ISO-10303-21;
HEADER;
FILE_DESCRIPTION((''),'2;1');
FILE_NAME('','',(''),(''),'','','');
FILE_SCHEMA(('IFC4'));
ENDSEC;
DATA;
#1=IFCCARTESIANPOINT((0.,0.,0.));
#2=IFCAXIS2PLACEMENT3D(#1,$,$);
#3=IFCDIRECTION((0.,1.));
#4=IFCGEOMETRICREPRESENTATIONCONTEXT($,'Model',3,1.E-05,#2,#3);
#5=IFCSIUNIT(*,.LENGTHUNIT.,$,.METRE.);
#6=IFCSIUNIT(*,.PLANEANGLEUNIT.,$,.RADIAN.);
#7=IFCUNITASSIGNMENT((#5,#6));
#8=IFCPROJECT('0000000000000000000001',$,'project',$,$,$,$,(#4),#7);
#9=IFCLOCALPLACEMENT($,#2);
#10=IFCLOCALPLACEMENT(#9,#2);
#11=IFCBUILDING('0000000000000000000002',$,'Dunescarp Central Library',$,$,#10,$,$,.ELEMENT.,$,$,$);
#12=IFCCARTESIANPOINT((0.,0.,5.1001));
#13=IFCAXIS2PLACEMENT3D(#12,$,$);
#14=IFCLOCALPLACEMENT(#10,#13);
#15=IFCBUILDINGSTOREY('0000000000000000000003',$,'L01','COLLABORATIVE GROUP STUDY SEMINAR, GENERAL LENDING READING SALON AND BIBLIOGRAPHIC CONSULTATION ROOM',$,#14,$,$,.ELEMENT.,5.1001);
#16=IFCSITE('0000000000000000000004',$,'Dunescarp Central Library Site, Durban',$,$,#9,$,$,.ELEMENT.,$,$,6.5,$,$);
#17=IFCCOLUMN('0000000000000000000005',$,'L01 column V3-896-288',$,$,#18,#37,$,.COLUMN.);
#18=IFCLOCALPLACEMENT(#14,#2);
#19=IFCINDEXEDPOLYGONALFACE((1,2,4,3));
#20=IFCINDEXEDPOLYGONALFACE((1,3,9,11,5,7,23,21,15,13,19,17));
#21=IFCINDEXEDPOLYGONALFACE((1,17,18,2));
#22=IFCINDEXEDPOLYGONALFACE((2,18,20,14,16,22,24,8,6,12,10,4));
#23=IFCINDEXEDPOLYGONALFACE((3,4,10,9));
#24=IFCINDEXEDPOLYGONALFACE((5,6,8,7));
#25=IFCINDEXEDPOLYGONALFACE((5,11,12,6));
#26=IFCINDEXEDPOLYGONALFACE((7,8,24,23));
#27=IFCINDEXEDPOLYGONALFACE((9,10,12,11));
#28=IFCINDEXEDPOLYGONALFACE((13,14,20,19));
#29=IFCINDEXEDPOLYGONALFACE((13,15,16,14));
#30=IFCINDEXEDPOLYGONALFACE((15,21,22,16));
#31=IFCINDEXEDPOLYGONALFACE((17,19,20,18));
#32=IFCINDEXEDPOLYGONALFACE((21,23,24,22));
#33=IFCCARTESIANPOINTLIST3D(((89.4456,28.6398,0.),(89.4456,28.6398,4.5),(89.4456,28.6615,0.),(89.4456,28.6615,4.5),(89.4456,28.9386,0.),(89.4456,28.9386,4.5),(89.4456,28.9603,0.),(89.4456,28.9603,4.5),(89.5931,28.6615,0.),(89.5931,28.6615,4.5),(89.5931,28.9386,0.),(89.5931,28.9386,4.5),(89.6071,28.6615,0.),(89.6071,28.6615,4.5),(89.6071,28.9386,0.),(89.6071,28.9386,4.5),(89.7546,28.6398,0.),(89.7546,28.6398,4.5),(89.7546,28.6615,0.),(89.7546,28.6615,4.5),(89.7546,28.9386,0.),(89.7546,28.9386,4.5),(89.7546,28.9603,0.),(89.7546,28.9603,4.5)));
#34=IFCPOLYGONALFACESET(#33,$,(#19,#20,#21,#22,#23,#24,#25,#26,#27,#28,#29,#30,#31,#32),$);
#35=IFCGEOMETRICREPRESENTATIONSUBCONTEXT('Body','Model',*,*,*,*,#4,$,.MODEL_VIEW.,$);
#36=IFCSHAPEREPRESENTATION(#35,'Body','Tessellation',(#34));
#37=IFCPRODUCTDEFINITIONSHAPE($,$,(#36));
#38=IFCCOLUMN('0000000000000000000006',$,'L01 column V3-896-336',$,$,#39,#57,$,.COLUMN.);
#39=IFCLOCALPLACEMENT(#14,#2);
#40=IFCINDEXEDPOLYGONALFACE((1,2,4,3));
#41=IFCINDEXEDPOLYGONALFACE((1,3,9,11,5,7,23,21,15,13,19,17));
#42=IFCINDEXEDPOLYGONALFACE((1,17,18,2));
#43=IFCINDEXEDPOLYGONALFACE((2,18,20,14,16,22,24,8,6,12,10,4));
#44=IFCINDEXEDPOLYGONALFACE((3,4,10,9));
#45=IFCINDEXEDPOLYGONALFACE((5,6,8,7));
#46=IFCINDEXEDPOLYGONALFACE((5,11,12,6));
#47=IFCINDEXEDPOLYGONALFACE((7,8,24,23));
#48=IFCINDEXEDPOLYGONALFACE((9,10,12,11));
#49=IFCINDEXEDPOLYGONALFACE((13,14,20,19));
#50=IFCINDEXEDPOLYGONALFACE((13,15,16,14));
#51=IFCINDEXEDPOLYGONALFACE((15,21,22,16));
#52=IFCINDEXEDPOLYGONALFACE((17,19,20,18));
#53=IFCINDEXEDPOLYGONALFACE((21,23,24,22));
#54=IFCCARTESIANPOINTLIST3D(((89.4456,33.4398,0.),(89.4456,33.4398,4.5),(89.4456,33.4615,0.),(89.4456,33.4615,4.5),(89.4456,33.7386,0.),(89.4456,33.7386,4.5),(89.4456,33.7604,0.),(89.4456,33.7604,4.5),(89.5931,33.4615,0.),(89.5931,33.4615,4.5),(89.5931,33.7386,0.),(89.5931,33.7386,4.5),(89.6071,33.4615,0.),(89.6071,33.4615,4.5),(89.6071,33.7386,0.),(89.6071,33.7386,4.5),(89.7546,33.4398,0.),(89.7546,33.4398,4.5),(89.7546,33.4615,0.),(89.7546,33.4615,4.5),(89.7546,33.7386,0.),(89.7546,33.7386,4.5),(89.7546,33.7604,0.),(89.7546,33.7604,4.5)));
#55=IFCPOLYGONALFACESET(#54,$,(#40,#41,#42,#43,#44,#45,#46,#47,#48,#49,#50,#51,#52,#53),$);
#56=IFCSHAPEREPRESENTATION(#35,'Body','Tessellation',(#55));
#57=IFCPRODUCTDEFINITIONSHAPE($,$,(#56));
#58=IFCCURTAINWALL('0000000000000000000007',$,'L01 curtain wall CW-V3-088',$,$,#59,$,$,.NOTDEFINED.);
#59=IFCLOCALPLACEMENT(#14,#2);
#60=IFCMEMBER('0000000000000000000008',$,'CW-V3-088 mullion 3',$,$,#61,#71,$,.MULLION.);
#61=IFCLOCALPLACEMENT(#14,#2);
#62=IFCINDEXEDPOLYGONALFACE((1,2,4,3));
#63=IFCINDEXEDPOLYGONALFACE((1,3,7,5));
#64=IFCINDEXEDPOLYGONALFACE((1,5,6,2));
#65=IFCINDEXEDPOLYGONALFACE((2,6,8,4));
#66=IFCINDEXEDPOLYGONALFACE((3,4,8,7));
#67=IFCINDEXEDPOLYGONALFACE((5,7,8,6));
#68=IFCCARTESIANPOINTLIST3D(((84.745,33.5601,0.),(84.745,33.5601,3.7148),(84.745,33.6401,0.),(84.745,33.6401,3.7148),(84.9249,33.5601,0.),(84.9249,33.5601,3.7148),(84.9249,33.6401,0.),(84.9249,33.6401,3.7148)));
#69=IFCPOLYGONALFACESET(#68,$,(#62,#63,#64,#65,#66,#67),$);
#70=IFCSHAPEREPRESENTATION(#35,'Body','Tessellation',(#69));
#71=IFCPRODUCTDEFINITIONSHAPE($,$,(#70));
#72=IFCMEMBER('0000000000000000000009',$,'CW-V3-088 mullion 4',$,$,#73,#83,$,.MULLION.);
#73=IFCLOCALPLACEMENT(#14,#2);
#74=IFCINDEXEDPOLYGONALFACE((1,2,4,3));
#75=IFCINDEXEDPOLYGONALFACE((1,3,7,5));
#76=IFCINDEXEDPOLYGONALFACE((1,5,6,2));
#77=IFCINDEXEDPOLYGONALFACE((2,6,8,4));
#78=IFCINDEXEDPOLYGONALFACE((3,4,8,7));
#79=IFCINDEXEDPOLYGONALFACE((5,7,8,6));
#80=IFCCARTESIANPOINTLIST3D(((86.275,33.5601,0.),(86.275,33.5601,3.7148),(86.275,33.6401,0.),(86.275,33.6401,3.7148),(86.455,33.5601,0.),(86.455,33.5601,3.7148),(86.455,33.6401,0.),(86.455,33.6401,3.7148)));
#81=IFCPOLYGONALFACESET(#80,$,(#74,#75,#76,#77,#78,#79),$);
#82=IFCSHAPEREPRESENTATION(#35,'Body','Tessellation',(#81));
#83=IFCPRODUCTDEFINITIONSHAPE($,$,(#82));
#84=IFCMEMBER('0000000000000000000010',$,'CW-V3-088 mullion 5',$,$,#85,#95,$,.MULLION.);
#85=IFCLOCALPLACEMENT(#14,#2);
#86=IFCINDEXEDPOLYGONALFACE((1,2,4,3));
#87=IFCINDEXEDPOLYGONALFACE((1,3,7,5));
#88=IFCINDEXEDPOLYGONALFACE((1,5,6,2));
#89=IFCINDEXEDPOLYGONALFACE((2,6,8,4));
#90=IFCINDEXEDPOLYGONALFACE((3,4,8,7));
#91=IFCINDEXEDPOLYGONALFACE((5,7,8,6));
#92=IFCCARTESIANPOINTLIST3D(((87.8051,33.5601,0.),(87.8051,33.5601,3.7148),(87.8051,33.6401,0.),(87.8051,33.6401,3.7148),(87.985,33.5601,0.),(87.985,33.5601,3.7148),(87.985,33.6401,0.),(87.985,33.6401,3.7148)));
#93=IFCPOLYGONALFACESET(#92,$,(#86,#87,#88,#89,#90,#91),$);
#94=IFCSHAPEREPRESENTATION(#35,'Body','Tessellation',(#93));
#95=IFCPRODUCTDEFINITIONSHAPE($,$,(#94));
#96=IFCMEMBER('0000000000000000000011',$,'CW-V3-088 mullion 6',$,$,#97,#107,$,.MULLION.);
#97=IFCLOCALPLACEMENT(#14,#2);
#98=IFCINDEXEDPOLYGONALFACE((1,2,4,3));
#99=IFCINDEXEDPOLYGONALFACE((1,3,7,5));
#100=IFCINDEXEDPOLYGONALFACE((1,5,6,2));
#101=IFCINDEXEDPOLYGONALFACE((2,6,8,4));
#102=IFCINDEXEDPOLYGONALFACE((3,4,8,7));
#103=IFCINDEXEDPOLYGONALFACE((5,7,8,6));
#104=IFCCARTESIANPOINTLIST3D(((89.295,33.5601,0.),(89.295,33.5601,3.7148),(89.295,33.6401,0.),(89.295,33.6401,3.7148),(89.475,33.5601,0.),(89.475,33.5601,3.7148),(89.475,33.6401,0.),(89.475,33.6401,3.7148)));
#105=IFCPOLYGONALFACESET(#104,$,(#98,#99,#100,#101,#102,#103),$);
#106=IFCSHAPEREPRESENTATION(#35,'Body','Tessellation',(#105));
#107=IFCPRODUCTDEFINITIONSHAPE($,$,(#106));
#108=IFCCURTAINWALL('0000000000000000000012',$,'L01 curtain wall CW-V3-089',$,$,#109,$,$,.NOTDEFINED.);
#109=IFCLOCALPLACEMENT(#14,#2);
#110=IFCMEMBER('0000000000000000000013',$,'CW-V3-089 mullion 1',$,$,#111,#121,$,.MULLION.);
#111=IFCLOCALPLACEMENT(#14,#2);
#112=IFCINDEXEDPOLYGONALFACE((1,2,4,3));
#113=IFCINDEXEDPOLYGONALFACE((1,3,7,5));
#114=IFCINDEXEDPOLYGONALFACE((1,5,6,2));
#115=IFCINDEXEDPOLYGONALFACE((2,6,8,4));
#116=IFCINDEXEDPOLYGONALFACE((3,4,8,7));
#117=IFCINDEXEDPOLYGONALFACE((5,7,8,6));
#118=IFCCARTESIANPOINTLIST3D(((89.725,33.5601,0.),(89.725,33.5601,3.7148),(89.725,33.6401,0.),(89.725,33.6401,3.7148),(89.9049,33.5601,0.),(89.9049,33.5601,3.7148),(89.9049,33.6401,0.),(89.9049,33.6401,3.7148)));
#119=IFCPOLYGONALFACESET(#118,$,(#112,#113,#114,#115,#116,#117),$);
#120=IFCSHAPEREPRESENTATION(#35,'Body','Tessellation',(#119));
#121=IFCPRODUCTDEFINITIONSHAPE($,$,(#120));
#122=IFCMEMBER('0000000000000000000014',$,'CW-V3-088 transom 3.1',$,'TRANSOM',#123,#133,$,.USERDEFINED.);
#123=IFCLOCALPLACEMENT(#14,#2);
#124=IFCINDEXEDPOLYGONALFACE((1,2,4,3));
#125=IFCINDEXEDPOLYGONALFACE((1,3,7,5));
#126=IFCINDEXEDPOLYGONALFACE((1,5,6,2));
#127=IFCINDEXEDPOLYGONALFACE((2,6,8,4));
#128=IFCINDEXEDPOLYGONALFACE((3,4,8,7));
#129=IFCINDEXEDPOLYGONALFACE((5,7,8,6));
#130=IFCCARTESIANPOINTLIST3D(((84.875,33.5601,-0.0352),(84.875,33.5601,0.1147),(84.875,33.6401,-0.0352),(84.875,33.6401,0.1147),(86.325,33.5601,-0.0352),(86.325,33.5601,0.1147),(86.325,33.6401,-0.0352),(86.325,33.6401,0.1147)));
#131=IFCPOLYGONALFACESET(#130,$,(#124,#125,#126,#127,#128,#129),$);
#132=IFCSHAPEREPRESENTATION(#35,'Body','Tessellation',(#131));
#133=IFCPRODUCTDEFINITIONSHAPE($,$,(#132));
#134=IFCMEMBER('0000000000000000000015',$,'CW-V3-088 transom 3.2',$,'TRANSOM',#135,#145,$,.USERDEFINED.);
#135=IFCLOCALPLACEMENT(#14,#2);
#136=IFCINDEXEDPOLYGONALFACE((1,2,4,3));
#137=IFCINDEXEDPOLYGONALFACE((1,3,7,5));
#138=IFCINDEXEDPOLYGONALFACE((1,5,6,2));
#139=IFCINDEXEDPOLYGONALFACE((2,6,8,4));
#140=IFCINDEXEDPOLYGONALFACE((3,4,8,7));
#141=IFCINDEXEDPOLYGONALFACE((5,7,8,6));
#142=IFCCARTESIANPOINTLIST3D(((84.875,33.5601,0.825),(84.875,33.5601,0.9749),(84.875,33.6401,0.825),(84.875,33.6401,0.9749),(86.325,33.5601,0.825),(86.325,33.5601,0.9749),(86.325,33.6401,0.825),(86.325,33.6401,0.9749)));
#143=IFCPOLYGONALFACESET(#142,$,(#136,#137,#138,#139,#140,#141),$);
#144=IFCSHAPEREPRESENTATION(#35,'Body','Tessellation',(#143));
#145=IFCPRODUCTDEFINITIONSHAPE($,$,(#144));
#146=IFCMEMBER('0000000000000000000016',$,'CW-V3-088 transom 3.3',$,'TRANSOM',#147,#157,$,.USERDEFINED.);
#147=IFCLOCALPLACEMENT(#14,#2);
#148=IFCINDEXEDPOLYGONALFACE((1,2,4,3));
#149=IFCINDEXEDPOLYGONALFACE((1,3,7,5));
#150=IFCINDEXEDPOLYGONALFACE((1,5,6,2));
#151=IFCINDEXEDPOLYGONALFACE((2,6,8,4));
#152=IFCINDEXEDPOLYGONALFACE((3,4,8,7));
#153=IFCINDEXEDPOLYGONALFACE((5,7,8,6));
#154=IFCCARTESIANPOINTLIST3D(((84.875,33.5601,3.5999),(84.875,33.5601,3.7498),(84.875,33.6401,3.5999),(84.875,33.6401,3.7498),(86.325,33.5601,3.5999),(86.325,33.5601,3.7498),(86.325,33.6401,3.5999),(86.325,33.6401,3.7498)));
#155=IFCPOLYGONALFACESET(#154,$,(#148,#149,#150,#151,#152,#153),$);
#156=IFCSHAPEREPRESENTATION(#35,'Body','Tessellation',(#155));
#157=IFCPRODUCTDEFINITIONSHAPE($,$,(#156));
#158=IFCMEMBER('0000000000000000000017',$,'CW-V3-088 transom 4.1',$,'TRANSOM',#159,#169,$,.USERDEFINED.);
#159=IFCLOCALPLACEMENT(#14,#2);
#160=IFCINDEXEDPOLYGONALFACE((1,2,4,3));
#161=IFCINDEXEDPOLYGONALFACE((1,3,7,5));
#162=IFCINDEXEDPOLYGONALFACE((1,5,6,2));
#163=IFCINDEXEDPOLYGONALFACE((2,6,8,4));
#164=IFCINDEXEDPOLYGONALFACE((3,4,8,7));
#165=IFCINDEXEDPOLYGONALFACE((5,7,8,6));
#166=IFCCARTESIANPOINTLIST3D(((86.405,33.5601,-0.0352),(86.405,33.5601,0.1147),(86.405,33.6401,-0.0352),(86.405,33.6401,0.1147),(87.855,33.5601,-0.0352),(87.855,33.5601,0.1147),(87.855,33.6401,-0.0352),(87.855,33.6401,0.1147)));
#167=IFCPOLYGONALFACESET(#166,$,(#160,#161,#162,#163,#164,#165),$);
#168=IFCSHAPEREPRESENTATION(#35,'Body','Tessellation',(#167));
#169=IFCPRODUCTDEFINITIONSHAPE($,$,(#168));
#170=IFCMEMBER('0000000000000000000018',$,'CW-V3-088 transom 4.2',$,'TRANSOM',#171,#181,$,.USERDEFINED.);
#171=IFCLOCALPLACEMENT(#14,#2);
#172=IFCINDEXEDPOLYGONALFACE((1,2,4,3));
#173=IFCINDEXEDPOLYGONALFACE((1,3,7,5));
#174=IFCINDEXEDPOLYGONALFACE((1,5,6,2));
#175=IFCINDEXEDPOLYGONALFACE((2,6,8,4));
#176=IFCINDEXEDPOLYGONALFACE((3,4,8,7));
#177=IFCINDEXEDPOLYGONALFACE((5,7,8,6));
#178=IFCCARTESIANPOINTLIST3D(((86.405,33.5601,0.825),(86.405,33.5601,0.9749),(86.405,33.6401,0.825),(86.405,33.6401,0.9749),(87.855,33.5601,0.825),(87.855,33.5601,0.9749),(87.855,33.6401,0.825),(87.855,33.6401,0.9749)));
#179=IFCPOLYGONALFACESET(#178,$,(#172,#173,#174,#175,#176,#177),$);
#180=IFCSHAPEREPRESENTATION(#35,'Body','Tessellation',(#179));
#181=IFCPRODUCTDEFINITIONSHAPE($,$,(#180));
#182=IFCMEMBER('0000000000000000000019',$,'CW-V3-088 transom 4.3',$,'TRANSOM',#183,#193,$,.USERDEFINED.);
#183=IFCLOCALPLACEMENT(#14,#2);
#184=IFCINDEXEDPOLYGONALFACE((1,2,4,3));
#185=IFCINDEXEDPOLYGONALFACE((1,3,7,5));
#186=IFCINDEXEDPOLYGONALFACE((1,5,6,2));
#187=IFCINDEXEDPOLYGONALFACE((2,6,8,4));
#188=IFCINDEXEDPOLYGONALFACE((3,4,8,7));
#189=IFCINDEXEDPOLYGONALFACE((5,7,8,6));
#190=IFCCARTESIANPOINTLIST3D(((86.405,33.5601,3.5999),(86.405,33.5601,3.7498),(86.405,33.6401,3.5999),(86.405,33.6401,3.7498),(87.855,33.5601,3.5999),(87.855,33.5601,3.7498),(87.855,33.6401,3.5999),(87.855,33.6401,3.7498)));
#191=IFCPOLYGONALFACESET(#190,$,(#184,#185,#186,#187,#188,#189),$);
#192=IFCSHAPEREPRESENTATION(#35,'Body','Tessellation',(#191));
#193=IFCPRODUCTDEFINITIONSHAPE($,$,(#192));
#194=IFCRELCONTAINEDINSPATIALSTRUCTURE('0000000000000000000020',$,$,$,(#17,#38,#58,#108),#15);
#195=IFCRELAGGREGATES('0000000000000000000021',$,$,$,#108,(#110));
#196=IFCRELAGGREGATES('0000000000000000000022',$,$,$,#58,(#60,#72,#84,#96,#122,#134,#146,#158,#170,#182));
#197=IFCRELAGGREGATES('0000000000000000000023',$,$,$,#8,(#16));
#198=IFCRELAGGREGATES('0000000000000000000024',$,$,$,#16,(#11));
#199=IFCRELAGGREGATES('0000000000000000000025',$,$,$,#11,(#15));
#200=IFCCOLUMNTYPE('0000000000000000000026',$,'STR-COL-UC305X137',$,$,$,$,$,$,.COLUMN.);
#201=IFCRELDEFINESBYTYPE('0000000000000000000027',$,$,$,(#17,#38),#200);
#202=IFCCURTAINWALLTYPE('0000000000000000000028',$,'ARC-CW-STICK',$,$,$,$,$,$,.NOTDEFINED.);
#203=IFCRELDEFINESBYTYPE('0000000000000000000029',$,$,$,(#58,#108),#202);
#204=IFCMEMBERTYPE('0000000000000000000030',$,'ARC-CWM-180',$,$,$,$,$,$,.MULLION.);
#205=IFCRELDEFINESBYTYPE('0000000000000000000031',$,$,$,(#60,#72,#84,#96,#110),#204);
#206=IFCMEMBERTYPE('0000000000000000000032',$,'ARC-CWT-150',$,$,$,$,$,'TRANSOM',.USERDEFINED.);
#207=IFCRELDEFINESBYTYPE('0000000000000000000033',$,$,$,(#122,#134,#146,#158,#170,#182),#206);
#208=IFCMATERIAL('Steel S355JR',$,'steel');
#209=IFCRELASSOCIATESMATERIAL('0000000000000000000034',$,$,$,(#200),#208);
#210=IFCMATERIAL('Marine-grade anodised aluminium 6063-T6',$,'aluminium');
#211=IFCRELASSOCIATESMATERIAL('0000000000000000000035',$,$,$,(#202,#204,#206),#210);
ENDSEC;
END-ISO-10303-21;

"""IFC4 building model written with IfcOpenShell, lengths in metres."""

from ifc_helpers import new_model, si_unit, direction, frame, origin, origin_2d, place, context, subcontext, project, spatial, rectangle, i_section, extrude, material, material_profile, profile_set, type_object, element, aggregate, save


model = new_model("IFC4")

# Units and contexts
model_context = context("Model", 3, precision=1e-05, world=origin(), true_north=direction((0.0, 1.0)))
body_context = subcontext(model_context, "Body", "Model", "MODEL_VIEW")
ifc_project = project(units=[si_unit("LENGTHUNIT", "METRE"), si_unit("PLANEANGLEUNIT", "RADIAN")], contexts=[model_context])

# Site, building, storey
site_placement = place(None, origin())
site = spatial("IfcSite", under=ifc_project, at=site_placement, Name="Dunescarp Central Library Site, Durban", CompositionType="ELEMENT", RefElevation=6.5)
building_placement = place(site_placement, origin())
building = spatial("IfcBuilding", under=site, at=building_placement, Name="Dunescarp Central Library", CompositionType="ELEMENT")
storey_placement = place(building_placement, frame((0.0, 0.0, 5.1001)))
storey = spatial("IfcBuildingStorey", under=building, at=storey_placement, Name="L01", Description="COLLABORATIVE GROUP STUDY SEMINAR, GENERAL LENDING READING SALON AND BIBLIOGRAPHIC CONSULTATION ROOM", CompositionType="ELEMENT", Elevation=5.1001)

# Columns
ifc_material_1 = material(Name="Steel S355JR", Category="steel")
ifc_material_profile_1 = material_profile(ifc_material_1, i_section(OverallWidth=0.3091, OverallDepth=0.3206, WebThickness=0.0139, FlangeThickness=0.0217, at=origin_2d()), Name="UC 305x305x137")
ifc_profile_set_1 = profile_set([ifc_material_profile_1], Name="Steel S355JR")
column_type = type_object("IfcColumnType", Name="STR-COL-UC305X137", PredefinedType="COLUMN", material=ifc_profile_set_1)
for number, where, z_axis, x_axis, name in (
    (1, (89.6001, 28.8, 0.0), (0.0, 0.0, 1.0), (1.0, 0.0, 0.0), "L01 column V3-896-288"),
    (2, (89.6001, 33.6001, 0.0), (0.0, 0.0, 1.0), (1.0, 0.0, 0.0), "L01 column V3-896-336"),
):
    element("IfcColumn", number, at=place(storey_placement, frame(where, z_axis=z_axis, x_axis=x_axis)), inside=storey, type_object=column_type, Name=name, PredefinedType="COLUMN", context=body_context, shape_type="SweptSolid", body=[
        extrude(i_section(OverallWidth=0.3091, OverallDepth=0.3206, WebThickness=0.0139, FlangeThickness=0.0217, at=origin_2d()), origin(), (0.0, 0.0, 1.0), 4.5),
    ])

# Curtain wall, members
ifc_material_2 = material(Name="Marine-grade anodised aluminium 6063-T6", Category="aluminium")
curtain_wall_type = type_object("IfcCurtainWallType", Name="ARC-CW-STICK", PredefinedType="NOTDEFINED", material=ifc_material_2)
curtain_wall_1_placement = place(storey_placement, origin())
curtain_wall_1 = element("IfcCurtainWall", 3, at=curtain_wall_1_placement, inside=storey, type_object=curtain_wall_type, Name="L01 curtain wall CW-V3-088", PredefinedType="NOTDEFINED")
ifc_material_profile_2 = material_profile(ifc_material_2, rectangle(XDim=0.0801, YDim=0.1799, at=origin_2d()), Name="AL 80x180")
ifc_profile_set_2 = profile_set([ifc_material_profile_2], Name="Marine-grade anodised aluminium 6063-T6")
member_type_1 = type_object("IfcMemberType", Name="ARC-CWM-180", PredefinedType="MULLION", material=ifc_profile_set_2)
member_1_placement = place(storey_placement, frame((84.835, 33.6001, 0.0), z_axis=(0.0, 0.0, 1.0), x_axis=(0.0, 1.0, 0.0)))
member_1 = element("IfcMember", 4, at=member_1_placement, type_object=member_type_1, Name="CW-V3-088 mullion 3", PredefinedType="MULLION", context=body_context, shape_type="SweptSolid", body=[
    extrude(rectangle(XDim=0.0801, YDim=0.1799, at=origin_2d()), origin(), (0.0, 0.0, 1.0), 3.7148),
])
member_2_placement = place(storey_placement, frame((86.365, 33.6001, 0.0), z_axis=(0.0, 0.0, 1.0), x_axis=(0.0, 1.0, 0.0)))
member_2 = element("IfcMember", 5, at=member_2_placement, type_object=member_type_1, Name="CW-V3-088 mullion 4", PredefinedType="MULLION", context=body_context, shape_type="SweptSolid", body=[
    extrude(rectangle(XDim=0.0801, YDim=0.1799, at=origin_2d()), origin(), (0.0, 0.0, 1.0), 3.7148),
])
member_3_placement = place(storey_placement, frame((87.895, 33.6001, 0.0), z_axis=(0.0, 0.0, 1.0), x_axis=(0.0, 1.0, 0.0)))
member_3 = element("IfcMember", 6, at=member_3_placement, type_object=member_type_1, Name="CW-V3-088 mullion 5", PredefinedType="MULLION", context=body_context, shape_type="SweptSolid", body=[
    extrude(rectangle(XDim=0.0801, YDim=0.1799, at=origin_2d()), origin(), (0.0, 0.0, 1.0), 3.7148),
])
member_4_placement = place(storey_placement, frame((89.385, 33.6001, 0.0), z_axis=(0.0, 0.0, 1.0), x_axis=(0.0, 1.0, 0.0)))
member_4 = element("IfcMember", 7, at=member_4_placement, type_object=member_type_1, Name="CW-V3-088 mullion 6", PredefinedType="MULLION", context=body_context, shape_type="SweptSolid", body=[
    extrude(rectangle(XDim=0.0801, YDim=0.1799, at=origin_2d()), origin(), (0.0, 0.0, 1.0), 3.7148),
])

# Curtain wall, member
curtain_wall_2_placement = place(storey_placement, origin())
curtain_wall_2 = element("IfcCurtainWall", 8, at=curtain_wall_2_placement, inside=storey, type_object=curtain_wall_type, Name="L01 curtain wall CW-V3-089", PredefinedType="NOTDEFINED")
member_5_placement = place(storey_placement, frame((89.8149, 33.6001, 0.0), z_axis=(0.0, 0.0, 1.0), x_axis=(0.0, 1.0, 0.0)))
member_5 = element("IfcMember", 9, at=member_5_placement, type_object=member_type_1, Name="CW-V3-089 mullion 1", PredefinedType="MULLION", context=body_context, shape_type="SweptSolid", body=[
    extrude(rectangle(XDim=0.0801, YDim=0.1799, at=origin_2d()), origin(), (0.0, 0.0, 1.0), 3.7148),
])

# Members
ifc_material_profile_3 = material_profile(ifc_material_2, rectangle(XDim=0.0801, YDim=0.1499, at=origin_2d()), Name="AL 80x150")
ifc_profile_set_3 = profile_set([ifc_material_profile_3], Name="Marine-grade anodised aluminium 6063-T6")
member_type_2 = type_object("IfcMemberType", Name="ARC-CWT-150", ElementType="TRANSOM", PredefinedType="USERDEFINED", material=ifc_profile_set_3)
member_6_placement = place(storey_placement, frame((84.875, 33.6001, 0.0398), z_axis=(1.0, 0.0, 0.0), x_axis=(0.0, 1.0, 0.0)))
member_6 = element("IfcMember", 10, at=member_6_placement, type_object=member_type_2, Name="CW-V3-088 transom 3.1", ObjectType="TRANSOM", PredefinedType="USERDEFINED", context=body_context, shape_type="SweptSolid", body=[
    extrude(rectangle(XDim=0.0801, YDim=0.1499, at=origin_2d()), origin(), (0.0, 0.0, 1.0), 1.45),
])
member_7_placement = place(storey_placement, frame((84.875, 33.6001, 0.8999), z_axis=(1.0, 0.0, 0.0), x_axis=(0.0, 1.0, 0.0)))
member_7 = element("IfcMember", 11, at=member_7_placement, type_object=member_type_2, Name="CW-V3-088 transom 3.2", ObjectType="TRANSOM", PredefinedType="USERDEFINED", context=body_context, shape_type="SweptSolid", body=[
    extrude(rectangle(XDim=0.0801, YDim=0.1499, at=origin_2d()), origin(), (0.0, 0.0, 1.0), 1.45),
])
member_8_placement = place(storey_placement, frame((84.875, 33.6001, 3.6748), z_axis=(1.0, 0.0, 0.0), x_axis=(0.0, 1.0, 0.0)))
member_8 = element("IfcMember", 12, at=member_8_placement, type_object=member_type_2, Name="CW-V3-088 transom 3.3", ObjectType="TRANSOM", PredefinedType="USERDEFINED", context=body_context, shape_type="SweptSolid", body=[
    extrude(rectangle(XDim=0.0801, YDim=0.1499, at=origin_2d()), origin(), (0.0, 0.0, 1.0), 1.45),
])
member_9_placement = place(storey_placement, frame((86.405, 33.6001, 0.0398), z_axis=(1.0, 0.0, 0.0), x_axis=(0.0, 1.0, 0.0)))
member_9 = element("IfcMember", 13, at=member_9_placement, type_object=member_type_2, Name="CW-V3-088 transom 4.1", ObjectType="TRANSOM", PredefinedType="USERDEFINED", context=body_context, shape_type="SweptSolid", body=[
    extrude(rectangle(XDim=0.0801, YDim=0.1499, at=origin_2d()), origin(), (0.0, 0.0, 1.0), 1.45),
])
member_10_placement = place(storey_placement, frame((86.405, 33.6001, 0.8999), z_axis=(1.0, 0.0, 0.0), x_axis=(0.0, 1.0, 0.0)))
member_10 = element("IfcMember", 14, at=member_10_placement, type_object=member_type_2, Name="CW-V3-088 transom 4.2", ObjectType="TRANSOM", PredefinedType="USERDEFINED", context=body_context, shape_type="SweptSolid", body=[
    extrude(rectangle(XDim=0.0801, YDim=0.1499, at=origin_2d()), origin(), (0.0, 0.0, 1.0), 1.45),
])
member_11_placement = place(storey_placement, frame((86.405, 33.6001, 3.6748), z_axis=(1.0, 0.0, 0.0), x_axis=(0.0, 1.0, 0.0)))
member_11 = element("IfcMember", 15, at=member_11_placement, type_object=member_type_2, Name="CW-V3-088 transom 4.3", ObjectType="TRANSOM", PredefinedType="USERDEFINED", context=body_context, shape_type="SweptSolid", body=[
    extrude(rectangle(XDim=0.0801, YDim=0.1499, at=origin_2d()), origin(), (0.0, 0.0, 1.0), 1.45),
])
aggregate(curtain_wall_2, [member_5])

aggregate(curtain_wall_1, [member_1, member_2, member_3, member_4, member_6, member_7, member_8, member_9, member_10, member_11])

save(model, "model.ifc")
